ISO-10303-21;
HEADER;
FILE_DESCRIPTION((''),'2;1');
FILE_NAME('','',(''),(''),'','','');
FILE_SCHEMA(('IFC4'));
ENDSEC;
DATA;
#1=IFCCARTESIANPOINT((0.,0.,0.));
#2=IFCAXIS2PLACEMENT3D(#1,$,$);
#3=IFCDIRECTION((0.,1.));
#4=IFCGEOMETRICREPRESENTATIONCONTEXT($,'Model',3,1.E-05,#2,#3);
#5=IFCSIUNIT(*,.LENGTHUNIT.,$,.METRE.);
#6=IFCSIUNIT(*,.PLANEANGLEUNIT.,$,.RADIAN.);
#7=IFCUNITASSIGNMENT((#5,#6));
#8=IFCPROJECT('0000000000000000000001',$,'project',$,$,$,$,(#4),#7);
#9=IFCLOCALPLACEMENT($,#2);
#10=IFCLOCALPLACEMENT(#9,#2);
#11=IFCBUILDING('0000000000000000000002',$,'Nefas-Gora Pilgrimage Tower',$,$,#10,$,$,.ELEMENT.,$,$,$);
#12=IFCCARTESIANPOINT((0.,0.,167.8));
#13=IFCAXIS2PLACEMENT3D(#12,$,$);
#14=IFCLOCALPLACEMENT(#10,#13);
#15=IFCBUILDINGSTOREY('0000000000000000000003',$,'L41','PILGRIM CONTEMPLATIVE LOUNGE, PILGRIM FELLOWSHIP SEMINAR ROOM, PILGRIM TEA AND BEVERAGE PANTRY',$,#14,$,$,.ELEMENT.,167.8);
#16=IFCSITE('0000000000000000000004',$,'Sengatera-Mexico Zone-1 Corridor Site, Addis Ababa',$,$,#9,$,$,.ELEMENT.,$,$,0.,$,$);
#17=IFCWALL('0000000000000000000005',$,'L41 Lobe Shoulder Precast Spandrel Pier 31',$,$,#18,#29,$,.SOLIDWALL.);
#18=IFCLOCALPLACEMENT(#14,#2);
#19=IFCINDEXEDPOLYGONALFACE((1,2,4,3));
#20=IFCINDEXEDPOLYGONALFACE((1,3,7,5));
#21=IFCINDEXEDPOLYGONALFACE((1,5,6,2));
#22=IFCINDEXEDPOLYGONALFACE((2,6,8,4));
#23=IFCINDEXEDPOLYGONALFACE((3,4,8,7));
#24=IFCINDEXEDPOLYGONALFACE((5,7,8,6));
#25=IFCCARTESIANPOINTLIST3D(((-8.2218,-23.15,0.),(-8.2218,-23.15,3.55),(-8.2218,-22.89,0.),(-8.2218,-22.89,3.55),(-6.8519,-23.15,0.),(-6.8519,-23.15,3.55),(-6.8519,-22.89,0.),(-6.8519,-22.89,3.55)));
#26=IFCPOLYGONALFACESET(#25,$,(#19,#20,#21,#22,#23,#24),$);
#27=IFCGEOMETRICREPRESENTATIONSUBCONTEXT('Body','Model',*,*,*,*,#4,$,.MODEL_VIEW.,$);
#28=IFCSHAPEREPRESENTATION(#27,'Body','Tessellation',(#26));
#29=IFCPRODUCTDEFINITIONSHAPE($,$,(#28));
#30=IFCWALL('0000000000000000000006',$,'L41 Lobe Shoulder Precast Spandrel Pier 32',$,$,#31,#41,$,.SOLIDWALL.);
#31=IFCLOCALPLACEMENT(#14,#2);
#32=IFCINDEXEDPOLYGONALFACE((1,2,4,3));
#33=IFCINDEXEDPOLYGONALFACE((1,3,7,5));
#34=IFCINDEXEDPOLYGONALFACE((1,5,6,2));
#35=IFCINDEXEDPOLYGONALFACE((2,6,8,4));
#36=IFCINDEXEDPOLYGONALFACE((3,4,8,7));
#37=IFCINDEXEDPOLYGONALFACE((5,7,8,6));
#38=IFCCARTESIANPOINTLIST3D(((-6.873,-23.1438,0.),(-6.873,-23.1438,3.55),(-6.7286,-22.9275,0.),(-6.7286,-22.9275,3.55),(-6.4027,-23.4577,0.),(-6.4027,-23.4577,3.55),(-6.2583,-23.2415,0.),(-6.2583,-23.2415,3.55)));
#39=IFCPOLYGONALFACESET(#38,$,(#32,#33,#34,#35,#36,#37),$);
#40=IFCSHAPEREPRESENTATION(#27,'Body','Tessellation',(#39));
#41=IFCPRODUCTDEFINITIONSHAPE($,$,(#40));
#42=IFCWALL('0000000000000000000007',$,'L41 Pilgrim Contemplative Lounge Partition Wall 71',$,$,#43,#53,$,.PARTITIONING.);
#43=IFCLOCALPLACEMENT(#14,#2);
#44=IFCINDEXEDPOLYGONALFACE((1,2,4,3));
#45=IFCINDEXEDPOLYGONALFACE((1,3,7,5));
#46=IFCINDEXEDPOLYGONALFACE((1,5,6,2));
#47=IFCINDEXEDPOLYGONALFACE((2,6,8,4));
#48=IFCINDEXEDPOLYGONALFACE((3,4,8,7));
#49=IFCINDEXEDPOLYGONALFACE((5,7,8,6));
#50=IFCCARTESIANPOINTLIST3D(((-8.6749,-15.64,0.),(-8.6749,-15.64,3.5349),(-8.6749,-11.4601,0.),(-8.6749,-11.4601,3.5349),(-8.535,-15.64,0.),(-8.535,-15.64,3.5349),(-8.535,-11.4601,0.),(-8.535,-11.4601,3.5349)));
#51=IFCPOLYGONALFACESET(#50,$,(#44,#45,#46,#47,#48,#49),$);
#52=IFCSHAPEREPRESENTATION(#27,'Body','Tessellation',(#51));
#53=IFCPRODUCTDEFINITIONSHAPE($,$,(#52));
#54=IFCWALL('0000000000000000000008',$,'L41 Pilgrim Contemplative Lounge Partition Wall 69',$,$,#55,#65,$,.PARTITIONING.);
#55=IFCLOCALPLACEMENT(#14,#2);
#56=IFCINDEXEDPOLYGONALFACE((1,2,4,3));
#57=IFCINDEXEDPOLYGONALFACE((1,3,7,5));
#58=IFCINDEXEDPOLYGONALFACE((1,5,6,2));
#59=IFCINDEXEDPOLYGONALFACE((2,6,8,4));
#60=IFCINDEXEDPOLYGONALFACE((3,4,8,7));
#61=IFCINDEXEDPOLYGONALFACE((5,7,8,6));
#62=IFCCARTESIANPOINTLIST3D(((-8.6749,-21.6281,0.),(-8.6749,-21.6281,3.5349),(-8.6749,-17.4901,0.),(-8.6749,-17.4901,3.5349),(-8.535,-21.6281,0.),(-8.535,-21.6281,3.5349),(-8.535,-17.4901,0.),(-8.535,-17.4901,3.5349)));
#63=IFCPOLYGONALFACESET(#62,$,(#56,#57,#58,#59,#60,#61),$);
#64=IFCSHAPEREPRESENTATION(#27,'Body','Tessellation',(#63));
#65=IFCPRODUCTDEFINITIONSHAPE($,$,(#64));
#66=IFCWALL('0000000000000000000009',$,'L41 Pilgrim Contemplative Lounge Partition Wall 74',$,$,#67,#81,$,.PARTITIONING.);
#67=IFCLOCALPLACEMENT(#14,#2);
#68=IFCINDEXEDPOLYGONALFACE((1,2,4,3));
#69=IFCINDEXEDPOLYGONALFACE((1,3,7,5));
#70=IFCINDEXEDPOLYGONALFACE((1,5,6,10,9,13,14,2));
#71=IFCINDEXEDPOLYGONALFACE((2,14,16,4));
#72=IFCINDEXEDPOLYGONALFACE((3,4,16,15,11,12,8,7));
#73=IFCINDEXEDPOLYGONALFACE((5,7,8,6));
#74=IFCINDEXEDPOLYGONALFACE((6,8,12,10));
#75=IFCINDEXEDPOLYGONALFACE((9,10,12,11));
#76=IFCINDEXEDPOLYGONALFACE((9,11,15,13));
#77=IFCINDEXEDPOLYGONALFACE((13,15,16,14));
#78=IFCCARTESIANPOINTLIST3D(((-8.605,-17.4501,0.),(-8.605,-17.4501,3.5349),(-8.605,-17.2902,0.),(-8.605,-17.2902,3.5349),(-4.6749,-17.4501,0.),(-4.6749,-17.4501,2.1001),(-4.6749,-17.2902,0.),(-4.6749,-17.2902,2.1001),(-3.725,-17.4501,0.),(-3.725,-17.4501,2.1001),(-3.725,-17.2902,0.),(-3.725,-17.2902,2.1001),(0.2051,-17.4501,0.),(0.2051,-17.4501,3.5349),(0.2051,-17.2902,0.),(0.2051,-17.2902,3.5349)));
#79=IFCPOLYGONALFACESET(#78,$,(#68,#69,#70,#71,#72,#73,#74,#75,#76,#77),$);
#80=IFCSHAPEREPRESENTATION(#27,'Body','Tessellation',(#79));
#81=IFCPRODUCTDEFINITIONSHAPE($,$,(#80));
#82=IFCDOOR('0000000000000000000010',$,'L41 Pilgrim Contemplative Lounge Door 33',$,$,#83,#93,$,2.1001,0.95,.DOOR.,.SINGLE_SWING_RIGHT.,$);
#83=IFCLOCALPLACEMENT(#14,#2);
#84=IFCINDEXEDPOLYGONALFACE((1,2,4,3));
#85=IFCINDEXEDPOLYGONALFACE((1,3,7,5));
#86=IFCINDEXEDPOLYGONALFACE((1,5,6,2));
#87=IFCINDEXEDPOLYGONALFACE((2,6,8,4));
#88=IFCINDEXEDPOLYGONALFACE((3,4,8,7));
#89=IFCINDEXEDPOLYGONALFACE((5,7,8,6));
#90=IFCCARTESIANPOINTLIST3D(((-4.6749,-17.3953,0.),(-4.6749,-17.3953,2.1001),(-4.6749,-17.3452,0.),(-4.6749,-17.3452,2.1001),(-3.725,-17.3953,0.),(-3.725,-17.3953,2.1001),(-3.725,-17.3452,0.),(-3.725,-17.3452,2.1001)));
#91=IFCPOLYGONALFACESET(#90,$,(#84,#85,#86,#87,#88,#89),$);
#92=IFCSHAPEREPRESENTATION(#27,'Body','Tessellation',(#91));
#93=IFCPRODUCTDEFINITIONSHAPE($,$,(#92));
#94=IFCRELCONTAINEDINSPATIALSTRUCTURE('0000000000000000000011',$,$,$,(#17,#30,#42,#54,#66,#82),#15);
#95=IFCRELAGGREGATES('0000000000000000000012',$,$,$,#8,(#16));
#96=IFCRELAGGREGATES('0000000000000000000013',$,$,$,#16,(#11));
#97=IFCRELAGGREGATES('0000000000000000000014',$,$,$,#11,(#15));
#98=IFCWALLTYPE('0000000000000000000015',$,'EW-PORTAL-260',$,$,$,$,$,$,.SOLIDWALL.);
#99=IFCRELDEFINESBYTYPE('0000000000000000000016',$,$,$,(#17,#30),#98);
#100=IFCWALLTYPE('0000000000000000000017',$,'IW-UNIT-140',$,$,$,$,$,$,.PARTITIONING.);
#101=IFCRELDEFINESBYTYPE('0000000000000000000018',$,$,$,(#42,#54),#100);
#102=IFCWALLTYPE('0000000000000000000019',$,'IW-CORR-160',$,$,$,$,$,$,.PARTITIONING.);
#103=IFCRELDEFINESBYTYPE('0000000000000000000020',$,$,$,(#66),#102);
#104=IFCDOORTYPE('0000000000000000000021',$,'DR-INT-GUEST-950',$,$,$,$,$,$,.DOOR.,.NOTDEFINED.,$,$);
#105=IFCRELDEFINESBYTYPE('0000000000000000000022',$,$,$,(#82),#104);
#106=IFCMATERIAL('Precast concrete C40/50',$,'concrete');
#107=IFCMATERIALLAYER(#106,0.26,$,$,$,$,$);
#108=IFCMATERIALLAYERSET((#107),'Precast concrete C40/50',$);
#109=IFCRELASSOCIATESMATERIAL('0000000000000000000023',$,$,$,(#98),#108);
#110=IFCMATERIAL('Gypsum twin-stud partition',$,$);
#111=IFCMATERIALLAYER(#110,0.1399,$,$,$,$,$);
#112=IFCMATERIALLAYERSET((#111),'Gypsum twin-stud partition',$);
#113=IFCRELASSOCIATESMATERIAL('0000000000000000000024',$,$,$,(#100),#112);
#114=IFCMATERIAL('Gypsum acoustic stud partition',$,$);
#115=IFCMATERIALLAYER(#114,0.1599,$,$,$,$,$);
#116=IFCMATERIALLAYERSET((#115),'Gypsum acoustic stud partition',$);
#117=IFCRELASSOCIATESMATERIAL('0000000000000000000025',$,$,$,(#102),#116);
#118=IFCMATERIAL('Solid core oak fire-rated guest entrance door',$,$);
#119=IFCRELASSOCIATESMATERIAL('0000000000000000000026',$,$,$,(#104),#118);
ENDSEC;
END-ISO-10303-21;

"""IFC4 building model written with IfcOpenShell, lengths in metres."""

from ifc_helpers import new_model, si_unit, direction, frame, frame_2d, origin, place, context, subcontext, project, spatial, rectangle, extrude, source, transform, mapped, material, layer, layer_set, type_object, element, fill, save


model = new_model("IFC4")

# Units and contexts
model_context = context("Model", 3, precision=1e-05, world=origin(), true_north=direction((0.0, 1.0)))
body_context = subcontext(model_context, "Body", "Model", "MODEL_VIEW")
ifc_project = project(units=[si_unit("LENGTHUNIT", "METRE"), si_unit("PLANEANGLEUNIT", "RADIAN")], contexts=[model_context])

# Site, building, storey
site_placement = place(None, origin())
site = spatial("IfcSite", under=ifc_project, at=site_placement, Name="Sengatera-Mexico Zone-1 Corridor Site, Addis Ababa", CompositionType="ELEMENT", RefElevation=0.0)
building_placement = place(site_placement, origin())
building = spatial("IfcBuilding", under=site, at=building_placement, Name="Nefas-Gora Pilgrimage Tower", CompositionType="ELEMENT")
storey_placement = place(building_placement, frame((0.0, 0.0, 167.8)))
storey = spatial("IfcBuildingStorey", under=building, at=storey_placement, Name="L41", Description="PILGRIM CONTEMPLATIVE LOUNGE, PILGRIM FELLOWSHIP SEMINAR ROOM, PILGRIM TEA AND BEVERAGE PANTRY", CompositionType="ELEMENT", Elevation=167.8)

# Walls
ifc_material_1 = material(Name="Precast concrete C40/50", Category="concrete")
ifc_layer_1 = layer(ifc_material_1, 0.26)
ifc_layer_set_1 = layer_set([ifc_layer_1], Name="Precast concrete C40/50")
wall_type_1 = type_object("IfcWallType", Name="EW-PORTAL-260", PredefinedType="SOLIDWALL", material=ifc_layer_set_1)
shared_shape_1 = source(origin(), body_context, "Body", "SweptSolid", [
    extrude(rectangle(XDim=1.3699, YDim=0.26, at=frame_2d((0.6851, 0.0))), origin(), (0.0, 0.0, 1.0), 3.55),
])
wall_1_placement = place(storey_placement, frame((-8.2219, -23.02, 0.0), z_axis=(0.0, 0.0, 1.0), x_axis=(1.0, 0.0, 0.0)))
element("IfcWall", 1, at=wall_1_placement, inside=storey, type_object=wall_type_1, Name="L41 Lobe Shoulder Precast Spandrel Pier 31", PredefinedType="SOLIDWALL", context=body_context, shape_type="MappedRepresentation", body=[
    mapped(shared_shape_1, transform((0.0, 0.0, 0.0), x_axis=(1.0, 0.0, 0.0), y_axis=(0.0, 1.0, 0.0), z_axis=(0.0, 0.0, 1.0), scale=1.0)),
])
shared_shape_2 = source(origin(), body_context, "Body", "SweptSolid", [
    extrude(rectangle(XDim=0.5654, YDim=0.26, at=frame_2d((0.2827, 0.0))), origin(), (0.0, 0.0, 1.0), 3.55),
])
wall_2_placement = place(storey_placement, frame((-6.8008, -23.0356, 0.0), z_axis=(0.0, 0.0, 1.0), x_axis=(0.831651, -0.555298, 0.0)))
element("IfcWall", 2, at=wall_2_placement, inside=storey, type_object=wall_type_1, Name="L41 Lobe Shoulder Precast Spandrel Pier 32", PredefinedType="SOLIDWALL", context=body_context, shape_type="MappedRepresentation", body=[
    mapped(shared_shape_2, transform((0.0, 0.0, 0.0), x_axis=(1.0, 0.0, 0.0), y_axis=(0.0, 1.0, 0.0), z_axis=(0.0, 0.0, 1.0), scale=1.0)),
])
ifc_material_2 = material(Name="Gypsum twin-stud partition")
ifc_layer_2 = layer(ifc_material_2, 0.1399)
ifc_layer_set_2 = layer_set([ifc_layer_2], Name="Gypsum twin-stud partition")
wall_type_2 = type_object("IfcWallType", Name="IW-UNIT-140", PredefinedType="PARTITIONING", material=ifc_layer_set_2)
shared_shape_3 = source(origin(), body_context, "Body", "SweptSolid", [
    extrude(rectangle(XDim=4.1799, YDim=0.1399, at=frame_2d((2.0898, 0.0))), origin(), (0.0, 0.0, 1.0), 3.5349),
])
wall_3_placement = place(storey_placement, frame((-8.605, -15.6399, 0.0), z_axis=(0.0, 0.0, 1.0), x_axis=(0.0, 1.0, 0.0)))
element("IfcWall", 3, at=wall_3_placement, inside=storey, type_object=wall_type_2, Name="L41 Pilgrim Contemplative Lounge Partition Wall 71", PredefinedType="PARTITIONING", context=body_context, shape_type="MappedRepresentation", body=[
    mapped(shared_shape_3, transform((0.0, 0.0, 0.0), x_axis=(1.0, 0.0, 0.0), y_axis=(0.0, 1.0, 0.0), z_axis=(0.0, 0.0, 1.0), scale=1.0)),
])
shared_shape_4 = source(origin(), body_context, "Body", "SweptSolid", [
    extrude(rectangle(XDim=4.1379, YDim=0.1399, at=frame_2d((2.0688, 0.0))), origin(), (0.0, 0.0, 1.0), 3.5349),
])
wall_4_placement = place(storey_placement, frame((-8.605, -21.6279, 0.0), z_axis=(0.0, 0.0, 1.0), x_axis=(0.0, 1.0, 0.0)))
element("IfcWall", 4, at=wall_4_placement, inside=storey, type_object=wall_type_2, Name="L41 Pilgrim Contemplative Lounge Partition Wall 69", PredefinedType="PARTITIONING", context=body_context, shape_type="MappedRepresentation", body=[
    mapped(shared_shape_4, transform((0.0, 0.0, 0.0), x_axis=(1.0, 0.0, 0.0), y_axis=(0.0, 1.0, 0.0), z_axis=(0.0, 0.0, 1.0), scale=1.0)),
])

# Wall, opening, door
ifc_material_3 = material(Name="Gypsum acoustic stud partition")
ifc_layer_3 = layer(ifc_material_3, 0.1599)
ifc_layer_set_3 = layer_set([ifc_layer_3], Name="Gypsum acoustic stud partition")
wall_type_3 = type_object("IfcWallType", Name="IW-CORR-160", PredefinedType="PARTITIONING", material=ifc_layer_set_3)
shared_shape_5 = source(origin(), body_context, "Body", "SweptSolid", [
    extrude(rectangle(XDim=8.8101, YDim=0.1599, at=frame_2d((4.405, 0.0))), origin(), (0.0, 0.0, 1.0), 3.5349),
])
wall_5_placement = place(storey_placement, frame((-8.605, -17.3701, 0.0), z_axis=(0.0, 0.0, 1.0), x_axis=(1.0, 0.0, 0.0)))
wall_5 = element("IfcWall", 5, at=wall_5_placement, inside=storey, type_object=wall_type_3, Name="L41 Pilgrim Contemplative Lounge Partition Wall 74", PredefinedType="PARTITIONING", context=body_context, shape_type="MappedRepresentation", body=[
    mapped(shared_shape_5, transform((0.0, 0.0, 0.0), x_axis=(1.0, 0.0, 0.0), y_axis=(0.0, 1.0, 0.0), z_axis=(0.0, 0.0, 1.0), scale=1.0)),
])
opening_placement = place(wall_5_placement, frame((3.9299, 0.0, 0.0)))
opening = element("IfcOpeningElement", 6, at=opening_placement, cuts=wall_5, PredefinedType="OPENING", context=body_context, shape_type="SweptSolid", body=[
    extrude(rectangle(XDim=0.95, YDim=2.1001, at=frame_2d((0.4751, 1.05))), frame((0.0, 0.0898, 0.0), z_axis=(0.0, -1.0, 0.0), x_axis=(1.0, 0.0, 0.0)), (0.0, 0.0, 1.0), 0.1799),
])
ifc_material_4 = material(Name="Solid core oak fire-rated guest entrance door")
door_type = type_object("IfcDoorType", Name="DR-INT-GUEST-950", OperationType="NOTDEFINED", PredefinedType="DOOR", material=ifc_material_4)
shared_shape_6 = source(origin(), body_context, "Body", "SweptSolid", [
    extrude(rectangle(XDim=0.95, YDim=2.1001, at=frame_2d((0.4751, 1.05))), frame((0.0, 0.0249, 0.0), z_axis=(0.0, -1.0, 0.0), x_axis=(1.0, 0.0, 0.0)), (0.0, 0.0, 1.0), 0.05),
])
door_placement = place(opening_placement, origin())
door = element("IfcDoor", 7, at=door_placement, inside=storey, type_object=door_type, Name="L41 Pilgrim Contemplative Lounge Door 33", OperationType="SINGLE_SWING_RIGHT", OverallHeight=2.1001, OverallWidth=0.95, PredefinedType="DOOR", context=body_context, shape_type="MappedRepresentation", body=[
    mapped(shared_shape_6, transform((0.0, 0.0, 0.0), x_axis=(1.0, 0.0, 0.0), y_axis=(0.0, 1.0, 0.0), z_axis=(0.0, 0.0, 1.0), scale=1.0)),
])
fill(opening, door)

save(model, "model.ifc")
